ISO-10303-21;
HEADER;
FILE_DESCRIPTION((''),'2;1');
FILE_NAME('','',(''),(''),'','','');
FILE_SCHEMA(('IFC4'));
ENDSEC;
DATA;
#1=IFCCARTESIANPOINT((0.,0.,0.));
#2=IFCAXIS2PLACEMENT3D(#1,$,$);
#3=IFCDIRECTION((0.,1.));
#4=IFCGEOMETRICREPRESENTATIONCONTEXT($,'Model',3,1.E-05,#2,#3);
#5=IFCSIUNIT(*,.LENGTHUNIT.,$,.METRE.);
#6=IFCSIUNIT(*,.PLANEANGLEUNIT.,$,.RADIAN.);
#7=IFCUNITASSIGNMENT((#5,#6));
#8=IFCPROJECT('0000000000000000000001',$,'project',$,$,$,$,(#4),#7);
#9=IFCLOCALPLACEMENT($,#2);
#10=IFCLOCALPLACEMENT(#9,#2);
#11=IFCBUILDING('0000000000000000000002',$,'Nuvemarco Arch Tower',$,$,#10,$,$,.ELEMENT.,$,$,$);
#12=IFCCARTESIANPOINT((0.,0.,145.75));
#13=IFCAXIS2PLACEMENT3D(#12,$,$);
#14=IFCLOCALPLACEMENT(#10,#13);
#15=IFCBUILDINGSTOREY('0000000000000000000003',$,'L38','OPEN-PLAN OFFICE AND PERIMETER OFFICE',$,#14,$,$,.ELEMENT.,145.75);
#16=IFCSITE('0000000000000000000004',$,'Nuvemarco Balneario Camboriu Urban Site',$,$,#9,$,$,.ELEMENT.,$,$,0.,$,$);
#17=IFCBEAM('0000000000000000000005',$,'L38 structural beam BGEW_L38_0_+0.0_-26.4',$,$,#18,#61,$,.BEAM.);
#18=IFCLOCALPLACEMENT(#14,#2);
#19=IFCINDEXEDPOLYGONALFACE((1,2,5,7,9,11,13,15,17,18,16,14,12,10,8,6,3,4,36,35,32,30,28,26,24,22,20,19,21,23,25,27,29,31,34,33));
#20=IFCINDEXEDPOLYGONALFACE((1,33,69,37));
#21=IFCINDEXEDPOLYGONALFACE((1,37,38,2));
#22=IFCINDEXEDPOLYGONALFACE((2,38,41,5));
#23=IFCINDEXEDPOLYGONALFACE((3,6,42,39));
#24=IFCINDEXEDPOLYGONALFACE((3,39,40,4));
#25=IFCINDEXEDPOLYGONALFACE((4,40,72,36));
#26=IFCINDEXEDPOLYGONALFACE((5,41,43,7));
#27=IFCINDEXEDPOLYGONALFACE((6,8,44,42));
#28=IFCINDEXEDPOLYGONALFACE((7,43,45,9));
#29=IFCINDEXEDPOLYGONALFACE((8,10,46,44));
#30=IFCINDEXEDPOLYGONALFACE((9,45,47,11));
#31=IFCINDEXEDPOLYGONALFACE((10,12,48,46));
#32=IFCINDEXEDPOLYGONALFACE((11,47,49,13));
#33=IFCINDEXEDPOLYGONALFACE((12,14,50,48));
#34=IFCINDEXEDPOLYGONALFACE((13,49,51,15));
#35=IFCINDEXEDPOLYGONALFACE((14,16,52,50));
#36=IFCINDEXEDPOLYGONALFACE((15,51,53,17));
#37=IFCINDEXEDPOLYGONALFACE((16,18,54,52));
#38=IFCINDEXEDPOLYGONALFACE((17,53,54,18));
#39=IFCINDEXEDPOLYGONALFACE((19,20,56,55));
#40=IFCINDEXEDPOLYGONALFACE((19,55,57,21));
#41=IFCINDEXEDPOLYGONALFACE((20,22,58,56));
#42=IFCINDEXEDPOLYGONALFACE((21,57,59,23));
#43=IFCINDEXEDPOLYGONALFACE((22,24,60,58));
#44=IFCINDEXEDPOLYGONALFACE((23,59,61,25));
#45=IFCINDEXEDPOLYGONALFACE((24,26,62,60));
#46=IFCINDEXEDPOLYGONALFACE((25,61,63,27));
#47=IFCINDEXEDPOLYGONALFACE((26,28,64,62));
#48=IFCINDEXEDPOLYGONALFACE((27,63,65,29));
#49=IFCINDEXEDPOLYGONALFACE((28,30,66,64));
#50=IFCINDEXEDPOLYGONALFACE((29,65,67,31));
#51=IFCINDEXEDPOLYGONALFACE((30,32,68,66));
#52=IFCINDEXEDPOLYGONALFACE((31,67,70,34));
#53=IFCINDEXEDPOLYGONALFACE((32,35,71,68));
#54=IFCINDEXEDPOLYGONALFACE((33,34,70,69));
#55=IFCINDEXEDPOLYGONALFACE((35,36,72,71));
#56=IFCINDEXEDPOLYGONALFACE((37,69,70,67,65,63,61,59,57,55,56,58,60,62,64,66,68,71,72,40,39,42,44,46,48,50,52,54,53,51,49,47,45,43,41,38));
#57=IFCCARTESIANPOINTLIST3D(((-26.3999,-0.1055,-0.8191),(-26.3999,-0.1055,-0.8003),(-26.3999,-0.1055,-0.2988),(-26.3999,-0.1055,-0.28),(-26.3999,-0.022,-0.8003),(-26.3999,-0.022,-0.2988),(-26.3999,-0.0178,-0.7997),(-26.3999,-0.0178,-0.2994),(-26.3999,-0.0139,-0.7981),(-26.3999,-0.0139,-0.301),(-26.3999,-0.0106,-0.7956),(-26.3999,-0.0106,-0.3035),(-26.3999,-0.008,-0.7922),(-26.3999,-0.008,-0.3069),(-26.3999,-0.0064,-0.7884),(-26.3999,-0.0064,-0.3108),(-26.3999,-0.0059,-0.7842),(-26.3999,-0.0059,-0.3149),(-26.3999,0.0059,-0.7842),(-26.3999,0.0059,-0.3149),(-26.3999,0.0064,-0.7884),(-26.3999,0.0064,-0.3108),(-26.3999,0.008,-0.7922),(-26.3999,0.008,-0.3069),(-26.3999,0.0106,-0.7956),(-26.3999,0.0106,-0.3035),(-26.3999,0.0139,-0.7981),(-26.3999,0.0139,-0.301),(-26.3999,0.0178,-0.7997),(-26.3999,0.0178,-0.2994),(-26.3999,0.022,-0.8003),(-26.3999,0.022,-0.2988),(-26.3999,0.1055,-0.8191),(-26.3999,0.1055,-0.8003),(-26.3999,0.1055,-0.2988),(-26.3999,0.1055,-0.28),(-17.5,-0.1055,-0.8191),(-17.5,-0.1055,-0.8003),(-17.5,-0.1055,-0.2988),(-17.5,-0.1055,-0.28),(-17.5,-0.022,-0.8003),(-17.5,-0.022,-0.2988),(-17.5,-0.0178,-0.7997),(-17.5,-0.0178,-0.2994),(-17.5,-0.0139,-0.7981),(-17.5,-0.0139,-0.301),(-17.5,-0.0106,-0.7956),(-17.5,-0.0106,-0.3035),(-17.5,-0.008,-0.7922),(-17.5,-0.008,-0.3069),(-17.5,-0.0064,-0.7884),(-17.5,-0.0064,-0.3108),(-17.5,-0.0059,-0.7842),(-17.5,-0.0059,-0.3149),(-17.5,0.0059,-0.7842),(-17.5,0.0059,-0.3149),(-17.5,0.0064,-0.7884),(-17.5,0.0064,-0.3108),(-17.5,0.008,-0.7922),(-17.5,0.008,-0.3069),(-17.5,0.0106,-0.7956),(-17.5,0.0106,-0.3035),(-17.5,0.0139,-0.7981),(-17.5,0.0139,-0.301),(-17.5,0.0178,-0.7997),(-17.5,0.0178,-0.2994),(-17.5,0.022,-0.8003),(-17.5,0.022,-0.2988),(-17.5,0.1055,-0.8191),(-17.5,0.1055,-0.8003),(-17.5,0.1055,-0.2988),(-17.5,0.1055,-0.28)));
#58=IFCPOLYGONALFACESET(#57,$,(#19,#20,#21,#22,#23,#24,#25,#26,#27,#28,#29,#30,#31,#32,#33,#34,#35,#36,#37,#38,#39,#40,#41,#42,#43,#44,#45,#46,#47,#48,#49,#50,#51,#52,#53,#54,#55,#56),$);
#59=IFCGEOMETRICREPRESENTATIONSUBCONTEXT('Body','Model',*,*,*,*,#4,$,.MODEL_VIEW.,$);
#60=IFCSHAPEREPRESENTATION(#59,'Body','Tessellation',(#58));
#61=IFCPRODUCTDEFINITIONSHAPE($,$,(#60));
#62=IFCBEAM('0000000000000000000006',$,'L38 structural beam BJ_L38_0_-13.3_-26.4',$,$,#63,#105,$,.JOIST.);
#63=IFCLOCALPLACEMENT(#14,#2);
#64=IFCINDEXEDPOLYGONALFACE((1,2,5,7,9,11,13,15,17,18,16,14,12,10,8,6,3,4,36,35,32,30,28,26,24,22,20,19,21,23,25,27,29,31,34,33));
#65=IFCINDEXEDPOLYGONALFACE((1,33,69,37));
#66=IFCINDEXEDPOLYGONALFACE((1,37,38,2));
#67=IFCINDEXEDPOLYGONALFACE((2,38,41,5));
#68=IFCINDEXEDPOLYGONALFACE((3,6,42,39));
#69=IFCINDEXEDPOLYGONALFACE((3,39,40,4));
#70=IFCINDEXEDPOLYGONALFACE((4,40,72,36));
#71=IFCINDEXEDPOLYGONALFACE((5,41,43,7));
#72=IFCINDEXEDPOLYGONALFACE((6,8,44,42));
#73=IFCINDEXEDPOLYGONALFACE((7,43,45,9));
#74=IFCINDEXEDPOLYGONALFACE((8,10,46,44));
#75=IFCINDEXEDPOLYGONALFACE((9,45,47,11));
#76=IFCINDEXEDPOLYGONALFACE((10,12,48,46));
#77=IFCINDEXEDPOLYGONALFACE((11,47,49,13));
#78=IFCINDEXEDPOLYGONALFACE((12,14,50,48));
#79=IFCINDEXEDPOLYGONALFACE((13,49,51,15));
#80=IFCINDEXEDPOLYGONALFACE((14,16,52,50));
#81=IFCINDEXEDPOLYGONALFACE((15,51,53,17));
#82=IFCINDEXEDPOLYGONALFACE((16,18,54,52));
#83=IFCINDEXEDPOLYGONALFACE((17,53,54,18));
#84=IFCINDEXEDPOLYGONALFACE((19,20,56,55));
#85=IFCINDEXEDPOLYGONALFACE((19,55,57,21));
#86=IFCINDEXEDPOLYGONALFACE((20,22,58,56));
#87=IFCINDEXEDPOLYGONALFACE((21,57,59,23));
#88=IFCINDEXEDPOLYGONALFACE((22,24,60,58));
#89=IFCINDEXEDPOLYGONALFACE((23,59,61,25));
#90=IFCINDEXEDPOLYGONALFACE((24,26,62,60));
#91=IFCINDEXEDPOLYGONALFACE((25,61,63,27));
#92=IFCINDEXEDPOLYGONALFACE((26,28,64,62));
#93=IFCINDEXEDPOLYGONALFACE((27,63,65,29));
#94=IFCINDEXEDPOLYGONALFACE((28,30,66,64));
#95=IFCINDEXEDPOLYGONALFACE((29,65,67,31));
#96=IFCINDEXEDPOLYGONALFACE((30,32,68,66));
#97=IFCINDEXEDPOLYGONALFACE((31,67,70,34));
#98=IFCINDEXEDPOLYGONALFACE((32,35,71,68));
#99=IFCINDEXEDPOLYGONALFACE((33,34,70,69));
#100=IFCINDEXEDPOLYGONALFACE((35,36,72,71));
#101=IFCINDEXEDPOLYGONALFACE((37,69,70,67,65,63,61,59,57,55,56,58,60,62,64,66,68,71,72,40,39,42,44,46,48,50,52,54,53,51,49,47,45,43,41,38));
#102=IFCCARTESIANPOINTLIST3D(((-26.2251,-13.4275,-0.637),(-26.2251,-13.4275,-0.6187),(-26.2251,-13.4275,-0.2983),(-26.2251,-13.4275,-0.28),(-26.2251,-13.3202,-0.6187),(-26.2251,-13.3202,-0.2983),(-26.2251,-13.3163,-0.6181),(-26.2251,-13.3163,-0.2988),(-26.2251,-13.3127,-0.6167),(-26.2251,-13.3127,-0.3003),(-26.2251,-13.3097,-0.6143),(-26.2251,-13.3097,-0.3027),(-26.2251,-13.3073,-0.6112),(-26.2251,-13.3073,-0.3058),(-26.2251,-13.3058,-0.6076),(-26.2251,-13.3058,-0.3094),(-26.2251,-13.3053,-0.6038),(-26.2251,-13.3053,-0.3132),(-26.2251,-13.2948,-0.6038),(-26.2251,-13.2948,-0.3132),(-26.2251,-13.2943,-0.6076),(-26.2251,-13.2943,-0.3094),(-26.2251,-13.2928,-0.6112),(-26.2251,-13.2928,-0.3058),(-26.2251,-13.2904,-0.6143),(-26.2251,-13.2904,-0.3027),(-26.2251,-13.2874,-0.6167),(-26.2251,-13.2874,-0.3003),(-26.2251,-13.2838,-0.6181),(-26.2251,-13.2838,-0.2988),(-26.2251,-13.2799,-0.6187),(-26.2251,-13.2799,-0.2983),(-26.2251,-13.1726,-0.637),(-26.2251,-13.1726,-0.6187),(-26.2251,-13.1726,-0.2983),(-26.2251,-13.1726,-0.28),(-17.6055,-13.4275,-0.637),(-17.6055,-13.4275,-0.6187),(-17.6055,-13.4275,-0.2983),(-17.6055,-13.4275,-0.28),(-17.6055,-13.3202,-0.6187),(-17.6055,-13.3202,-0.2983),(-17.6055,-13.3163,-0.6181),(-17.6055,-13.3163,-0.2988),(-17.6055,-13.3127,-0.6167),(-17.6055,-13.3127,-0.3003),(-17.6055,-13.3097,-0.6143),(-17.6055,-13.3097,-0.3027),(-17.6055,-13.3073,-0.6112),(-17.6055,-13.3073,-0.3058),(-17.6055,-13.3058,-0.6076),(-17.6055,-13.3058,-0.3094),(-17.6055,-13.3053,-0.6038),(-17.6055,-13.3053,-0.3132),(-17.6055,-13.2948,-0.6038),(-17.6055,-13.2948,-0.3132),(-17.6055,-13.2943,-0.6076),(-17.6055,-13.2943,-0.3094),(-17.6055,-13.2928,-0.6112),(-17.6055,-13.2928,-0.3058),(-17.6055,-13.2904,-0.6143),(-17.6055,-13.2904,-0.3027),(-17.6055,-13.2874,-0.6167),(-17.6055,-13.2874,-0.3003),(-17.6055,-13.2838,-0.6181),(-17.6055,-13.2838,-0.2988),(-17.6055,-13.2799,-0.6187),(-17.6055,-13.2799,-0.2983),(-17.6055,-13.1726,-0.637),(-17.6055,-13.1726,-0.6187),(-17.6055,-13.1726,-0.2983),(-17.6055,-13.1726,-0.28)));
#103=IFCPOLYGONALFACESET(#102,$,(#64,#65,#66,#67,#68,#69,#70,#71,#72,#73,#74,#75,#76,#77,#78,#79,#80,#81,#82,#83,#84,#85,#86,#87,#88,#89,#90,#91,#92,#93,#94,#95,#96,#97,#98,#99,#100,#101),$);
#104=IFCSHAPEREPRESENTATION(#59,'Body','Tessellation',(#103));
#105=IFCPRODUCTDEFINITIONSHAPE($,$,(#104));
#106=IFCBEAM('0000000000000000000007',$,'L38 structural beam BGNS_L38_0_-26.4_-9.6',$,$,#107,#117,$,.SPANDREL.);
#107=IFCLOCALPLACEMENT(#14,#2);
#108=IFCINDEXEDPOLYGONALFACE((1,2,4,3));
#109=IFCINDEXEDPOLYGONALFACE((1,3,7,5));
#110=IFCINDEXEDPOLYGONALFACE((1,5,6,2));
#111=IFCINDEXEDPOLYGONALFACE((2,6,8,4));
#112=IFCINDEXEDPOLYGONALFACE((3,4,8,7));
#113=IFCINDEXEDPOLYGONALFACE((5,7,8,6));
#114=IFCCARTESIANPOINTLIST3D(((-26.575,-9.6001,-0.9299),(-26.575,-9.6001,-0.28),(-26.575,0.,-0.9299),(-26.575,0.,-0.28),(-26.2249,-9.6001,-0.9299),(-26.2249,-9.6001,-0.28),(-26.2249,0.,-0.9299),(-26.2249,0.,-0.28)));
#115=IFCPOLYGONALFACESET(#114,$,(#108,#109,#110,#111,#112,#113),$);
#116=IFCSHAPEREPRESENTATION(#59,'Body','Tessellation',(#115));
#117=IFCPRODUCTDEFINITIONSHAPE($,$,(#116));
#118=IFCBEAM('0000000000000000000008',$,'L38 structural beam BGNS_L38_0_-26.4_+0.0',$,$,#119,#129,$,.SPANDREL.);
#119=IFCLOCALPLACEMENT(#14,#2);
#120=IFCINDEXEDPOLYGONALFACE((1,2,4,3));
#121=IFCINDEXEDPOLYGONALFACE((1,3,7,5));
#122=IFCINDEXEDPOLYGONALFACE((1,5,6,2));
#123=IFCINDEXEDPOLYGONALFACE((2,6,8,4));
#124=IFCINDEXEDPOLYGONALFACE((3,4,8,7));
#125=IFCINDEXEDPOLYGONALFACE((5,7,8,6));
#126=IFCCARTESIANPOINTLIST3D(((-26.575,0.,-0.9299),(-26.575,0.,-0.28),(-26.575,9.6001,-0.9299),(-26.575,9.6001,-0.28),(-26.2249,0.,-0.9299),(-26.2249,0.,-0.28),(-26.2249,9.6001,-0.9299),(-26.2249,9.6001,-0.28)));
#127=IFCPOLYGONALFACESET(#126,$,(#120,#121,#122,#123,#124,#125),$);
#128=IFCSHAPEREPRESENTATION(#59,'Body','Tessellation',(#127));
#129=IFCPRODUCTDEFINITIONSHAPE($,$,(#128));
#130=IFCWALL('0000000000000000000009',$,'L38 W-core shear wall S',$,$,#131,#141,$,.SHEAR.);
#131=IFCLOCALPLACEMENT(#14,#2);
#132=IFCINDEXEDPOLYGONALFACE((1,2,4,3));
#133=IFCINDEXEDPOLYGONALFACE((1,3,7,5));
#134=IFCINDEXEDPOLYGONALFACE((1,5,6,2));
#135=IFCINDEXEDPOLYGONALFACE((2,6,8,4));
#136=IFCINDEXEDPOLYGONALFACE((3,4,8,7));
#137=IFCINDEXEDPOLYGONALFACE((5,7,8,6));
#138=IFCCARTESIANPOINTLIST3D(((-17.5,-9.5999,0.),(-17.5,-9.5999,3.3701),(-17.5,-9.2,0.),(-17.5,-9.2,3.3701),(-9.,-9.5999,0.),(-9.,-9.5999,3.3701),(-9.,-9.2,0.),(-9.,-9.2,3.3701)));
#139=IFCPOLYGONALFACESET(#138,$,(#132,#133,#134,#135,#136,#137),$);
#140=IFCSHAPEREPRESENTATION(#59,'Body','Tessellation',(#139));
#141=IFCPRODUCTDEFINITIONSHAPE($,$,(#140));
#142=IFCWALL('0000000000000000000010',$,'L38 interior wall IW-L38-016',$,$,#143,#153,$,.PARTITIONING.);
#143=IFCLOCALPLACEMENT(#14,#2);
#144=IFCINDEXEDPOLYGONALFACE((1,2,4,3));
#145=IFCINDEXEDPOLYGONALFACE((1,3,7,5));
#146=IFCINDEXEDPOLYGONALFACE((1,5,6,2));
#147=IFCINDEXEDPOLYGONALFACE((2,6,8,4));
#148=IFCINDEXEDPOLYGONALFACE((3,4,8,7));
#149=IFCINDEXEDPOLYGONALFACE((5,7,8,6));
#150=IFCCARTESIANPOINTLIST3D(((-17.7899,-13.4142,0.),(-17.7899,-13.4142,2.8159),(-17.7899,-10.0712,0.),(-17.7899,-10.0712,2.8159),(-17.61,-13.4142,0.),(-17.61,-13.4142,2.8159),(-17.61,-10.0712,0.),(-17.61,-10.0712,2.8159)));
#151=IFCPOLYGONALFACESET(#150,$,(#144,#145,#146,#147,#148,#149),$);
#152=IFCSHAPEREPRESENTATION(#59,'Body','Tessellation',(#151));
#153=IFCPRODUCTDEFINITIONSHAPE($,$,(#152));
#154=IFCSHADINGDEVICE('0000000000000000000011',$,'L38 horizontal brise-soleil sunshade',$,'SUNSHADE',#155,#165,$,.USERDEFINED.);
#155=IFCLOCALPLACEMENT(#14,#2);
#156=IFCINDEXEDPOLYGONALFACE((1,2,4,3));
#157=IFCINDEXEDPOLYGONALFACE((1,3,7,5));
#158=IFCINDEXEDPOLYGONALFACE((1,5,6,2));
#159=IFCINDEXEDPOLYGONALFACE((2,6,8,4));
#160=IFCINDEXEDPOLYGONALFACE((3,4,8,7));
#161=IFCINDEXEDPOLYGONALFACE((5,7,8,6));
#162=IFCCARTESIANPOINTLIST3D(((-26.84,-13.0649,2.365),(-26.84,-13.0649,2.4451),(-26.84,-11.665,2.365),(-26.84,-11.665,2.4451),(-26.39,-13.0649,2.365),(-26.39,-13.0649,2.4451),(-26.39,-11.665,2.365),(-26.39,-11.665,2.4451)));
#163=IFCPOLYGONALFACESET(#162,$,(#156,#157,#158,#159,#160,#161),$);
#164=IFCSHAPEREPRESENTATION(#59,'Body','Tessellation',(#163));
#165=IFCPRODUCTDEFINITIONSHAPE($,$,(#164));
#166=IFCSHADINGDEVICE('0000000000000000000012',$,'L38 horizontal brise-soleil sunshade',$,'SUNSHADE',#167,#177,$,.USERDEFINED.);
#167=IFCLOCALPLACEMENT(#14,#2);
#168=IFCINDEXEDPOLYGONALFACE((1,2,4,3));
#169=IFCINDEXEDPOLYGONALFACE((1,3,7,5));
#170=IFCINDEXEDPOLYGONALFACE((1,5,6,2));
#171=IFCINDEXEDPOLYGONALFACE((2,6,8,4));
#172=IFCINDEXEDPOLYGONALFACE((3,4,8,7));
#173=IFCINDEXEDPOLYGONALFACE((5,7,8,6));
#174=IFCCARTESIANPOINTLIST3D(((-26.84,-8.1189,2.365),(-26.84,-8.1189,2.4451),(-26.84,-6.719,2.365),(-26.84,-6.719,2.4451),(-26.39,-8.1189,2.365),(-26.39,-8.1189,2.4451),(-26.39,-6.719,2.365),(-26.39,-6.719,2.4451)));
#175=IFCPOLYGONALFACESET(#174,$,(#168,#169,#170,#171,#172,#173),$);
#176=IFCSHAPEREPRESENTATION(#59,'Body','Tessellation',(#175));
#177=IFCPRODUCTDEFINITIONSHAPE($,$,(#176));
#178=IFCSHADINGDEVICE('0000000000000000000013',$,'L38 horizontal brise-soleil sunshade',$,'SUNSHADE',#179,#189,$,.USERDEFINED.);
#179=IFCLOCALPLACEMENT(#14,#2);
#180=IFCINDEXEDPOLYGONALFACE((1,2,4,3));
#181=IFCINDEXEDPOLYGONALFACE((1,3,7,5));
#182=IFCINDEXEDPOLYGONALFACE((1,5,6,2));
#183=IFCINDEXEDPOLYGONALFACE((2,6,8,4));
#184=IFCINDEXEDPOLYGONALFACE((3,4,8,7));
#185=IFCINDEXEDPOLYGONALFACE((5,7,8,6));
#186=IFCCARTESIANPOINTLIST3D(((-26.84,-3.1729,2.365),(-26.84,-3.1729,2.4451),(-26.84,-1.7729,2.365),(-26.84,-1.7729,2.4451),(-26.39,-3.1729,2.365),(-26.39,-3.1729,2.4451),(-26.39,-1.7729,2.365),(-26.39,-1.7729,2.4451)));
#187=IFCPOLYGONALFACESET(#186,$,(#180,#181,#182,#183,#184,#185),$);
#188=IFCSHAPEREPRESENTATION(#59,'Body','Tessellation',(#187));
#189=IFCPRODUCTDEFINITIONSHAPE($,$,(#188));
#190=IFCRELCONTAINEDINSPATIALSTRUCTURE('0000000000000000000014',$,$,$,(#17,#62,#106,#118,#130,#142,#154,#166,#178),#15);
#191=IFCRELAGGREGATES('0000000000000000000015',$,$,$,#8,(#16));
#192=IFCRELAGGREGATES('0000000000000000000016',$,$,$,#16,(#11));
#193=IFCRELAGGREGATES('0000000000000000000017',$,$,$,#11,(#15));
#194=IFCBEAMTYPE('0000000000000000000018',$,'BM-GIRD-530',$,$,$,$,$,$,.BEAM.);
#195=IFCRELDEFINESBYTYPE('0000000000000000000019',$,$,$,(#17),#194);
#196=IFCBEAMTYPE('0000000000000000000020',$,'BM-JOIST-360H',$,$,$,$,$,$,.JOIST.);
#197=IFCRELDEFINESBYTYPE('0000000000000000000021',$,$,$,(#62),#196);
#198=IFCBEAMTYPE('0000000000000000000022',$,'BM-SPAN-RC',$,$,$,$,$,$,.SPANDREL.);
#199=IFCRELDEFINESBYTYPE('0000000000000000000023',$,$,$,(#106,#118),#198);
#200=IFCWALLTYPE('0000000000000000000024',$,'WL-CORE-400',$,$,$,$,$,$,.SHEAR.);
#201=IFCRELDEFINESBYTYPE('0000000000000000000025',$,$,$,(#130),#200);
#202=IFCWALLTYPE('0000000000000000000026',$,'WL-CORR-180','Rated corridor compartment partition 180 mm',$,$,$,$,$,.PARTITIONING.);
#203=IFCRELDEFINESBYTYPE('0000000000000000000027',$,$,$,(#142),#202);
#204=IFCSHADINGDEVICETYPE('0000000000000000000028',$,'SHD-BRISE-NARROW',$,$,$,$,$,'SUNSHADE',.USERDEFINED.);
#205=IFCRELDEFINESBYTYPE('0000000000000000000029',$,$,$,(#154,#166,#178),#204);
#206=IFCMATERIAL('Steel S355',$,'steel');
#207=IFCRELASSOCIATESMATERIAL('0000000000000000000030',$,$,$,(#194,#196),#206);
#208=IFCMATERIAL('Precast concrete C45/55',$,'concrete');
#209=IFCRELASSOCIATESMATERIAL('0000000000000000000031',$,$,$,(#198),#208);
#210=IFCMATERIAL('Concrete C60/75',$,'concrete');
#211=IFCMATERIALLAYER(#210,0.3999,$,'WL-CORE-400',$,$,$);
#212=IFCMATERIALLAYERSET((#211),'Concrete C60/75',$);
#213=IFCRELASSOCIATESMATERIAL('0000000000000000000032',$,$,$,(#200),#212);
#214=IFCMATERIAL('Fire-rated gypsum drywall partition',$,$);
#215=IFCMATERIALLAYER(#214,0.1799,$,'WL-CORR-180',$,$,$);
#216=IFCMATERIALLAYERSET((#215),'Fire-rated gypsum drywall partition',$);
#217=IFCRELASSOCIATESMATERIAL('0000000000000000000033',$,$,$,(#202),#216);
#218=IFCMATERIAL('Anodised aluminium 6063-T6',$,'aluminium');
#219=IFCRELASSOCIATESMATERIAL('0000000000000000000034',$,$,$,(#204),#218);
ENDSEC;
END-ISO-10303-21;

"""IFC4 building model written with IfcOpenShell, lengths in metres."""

from ifc_helpers import new_model, si_unit, direction, frame, frame_2d, origin, origin_2d, place, context, subcontext, project, spatial, rectangle, i_section, extrude, source, transform, mapped, material, layer, layer_set, material_profile, profile_set, type_object, type_shapes, element, save


model = new_model("IFC4")

# Units and contexts
model_context = context("Model", 3, precision=1e-05, world=origin(), true_north=direction((0.0, 1.0)))
body_context = subcontext(model_context, "Body", "Model", "MODEL_VIEW")
ifc_project = project(units=[si_unit("LENGTHUNIT", "METRE"), si_unit("PLANEANGLEUNIT", "RADIAN")], contexts=[model_context])

# Site, building, storey
site_placement = place(None, origin())
site = spatial("IfcSite", under=ifc_project, at=site_placement, Name="Nuvemarco Balneario Camboriu Urban Site", CompositionType="ELEMENT", RefElevation=0.0)
building_placement = place(site_placement, origin())
building = spatial("IfcBuilding", under=site, at=building_placement, Name="Nuvemarco Arch Tower", CompositionType="ELEMENT")
storey_placement = place(building_placement, frame((0.0, 0.0, 145.75)))
storey = spatial("IfcBuildingStorey", under=building, at=storey_placement, Name="L38", Description="OPEN-PLAN OFFICE AND PERIMETER OFFICE", CompositionType="ELEMENT", Elevation=145.75)

# Shared definitions
ifc_material_1 = material(Name="Steel S355", Category="steel")

# Beams
ifc_material_profile_1 = material_profile(ifc_material_1, i_section(OverallWidth=0.2109, OverallDepth=0.5391, WebThickness=0.0117, FlangeThickness=0.0188, FilletRadius=0.0161, at=origin_2d()), Name="W530x109")
ifc_profile_set_1 = profile_set([ifc_material_profile_1], Name="Steel S355")
beam_type_1 = type_object("IfcBeamType", Name="BM-GIRD-530", PredefinedType="BEAM", material=ifc_profile_set_1)
beam_1_placement = place(storey_placement, frame((-26.3999, 0.0, -0.5496), z_axis=(1.0, 0.0, 0.0), x_axis=(0.0, 1.0, 0.0)))
element("IfcBeam", 1, at=beam_1_placement, inside=storey, type_object=beam_type_1, Name="L38 structural beam BGEW_L38_0_+0.0_-26.4", PredefinedType="BEAM", context=body_context, shape_type="SweptSolid", body=[
    extrude(i_section(OverallWidth=0.2109, OverallDepth=0.5391, WebThickness=0.0117, FlangeThickness=0.0188, FilletRadius=0.0161, at=origin_2d()), origin(), (0.0, 0.0, 1.0), 8.8999),
])
ifc_material_profile_2 = material_profile(ifc_material_1, i_section(OverallWidth=0.2549, OverallDepth=0.3569, WebThickness=0.0105, FlangeThickness=0.0183, FilletRadius=0.0149, at=origin_2d()), Name="W360x101")
ifc_profile_set_2 = profile_set([ifc_material_profile_2], Name="Steel S355")
beam_type_2 = type_object("IfcBeamType", Name="BM-JOIST-360H", PredefinedType="JOIST", material=ifc_profile_set_2)
beam_2_placement = place(storey_placement, frame((-26.2251, -13.3, -0.4585), z_axis=(1.0, 0.0, 0.0), x_axis=(0.0, 1.0, 0.0)))
element("IfcBeam", 2, at=beam_2_placement, inside=storey, type_object=beam_type_2, Name="L38 structural beam BJ_L38_0_-13.3_-26.4", PredefinedType="JOIST", context=body_context, shape_type="SweptSolid", body=[
    extrude(i_section(OverallWidth=0.2549, OverallDepth=0.3569, WebThickness=0.0105, FlangeThickness=0.0183, FilletRadius=0.0149, at=origin_2d()), origin(), (0.0, 0.0, 1.0), 8.6196),
])
ifc_material_2 = material(Name="Precast concrete C45/55", Category="concrete")
ifc_material_profile_3 = material_profile(ifc_material_2, rectangle(XDim=0.3501, YDim=0.6499, at=origin_2d()), Name="PC-SP-350x650")
ifc_profile_set_3 = profile_set([ifc_material_profile_3], Name="Precast concrete C45/55")
beam_type_3 = type_object("IfcBeamType", Name="BM-SPAN-RC", PredefinedType="SPANDREL", material=ifc_profile_set_3)
for number, where, z_axis, x_axis, name in (
    (3, (-26.3999, -9.6001, -0.605), (0.0, 1.0, 0.0), (-1.0, 0.0, 0.0), "L38 structural beam BGNS_L38_0_-26.4_-9.6"),
    (4, (-26.3999, 0.0, -0.605), (0.0, 1.0, 0.0), (-1.0, 0.0, 0.0), "L38 structural beam BGNS_L38_0_-26.4_+0.0"),
):
    element("IfcBeam", number, at=place(storey_placement, frame(where, z_axis=z_axis, x_axis=x_axis)), inside=storey, type_object=beam_type_3, Name=name, PredefinedType="SPANDREL", context=body_context, shape_type="SweptSolid", body=[
        extrude(rectangle(XDim=0.3501, YDim=0.6499, at=origin_2d()), origin(), (0.0, 0.0, 1.0), 9.6001),
    ])

# Walls
ifc_material_3 = material(Name="Concrete C60/75", Category="concrete")
ifc_layer_1 = layer(ifc_material_3, 0.3999, Name="WL-CORE-400")
ifc_layer_set_1 = layer_set([ifc_layer_1], Name="Concrete C60/75")
wall_type_1 = type_object("IfcWallType", Name="WL-CORE-400", PredefinedType="SHEAR", material=ifc_layer_set_1)
wall_1_placement = place(storey_placement, frame((-17.5, -9.3999, 0.0), z_axis=(0.0, 0.0, 1.0), x_axis=(1.0, 0.0, 0.0)))
element("IfcWall", 5, at=wall_1_placement, inside=storey, type_object=wall_type_1, Name="L38 W-core shear wall S", PredefinedType="SHEAR", context=body_context, shape_type="SweptSolid", body=[
    extrude(rectangle(XDim=8.5, YDim=0.3999, at=frame_2d((4.25, 0.0))), origin(), (0.0, 0.0, 1.0), 3.3701),
])
ifc_material_4 = material(Name="Fire-rated gypsum drywall partition")
ifc_layer_2 = layer(ifc_material_4, 0.1799, Name="WL-CORR-180")
ifc_layer_set_2 = layer_set([ifc_layer_2], Name="Fire-rated gypsum drywall partition")
wall_type_2 = type_object("IfcWallType", Name="WL-CORR-180", Description="Rated corridor compartment partition 180 mm", PredefinedType="PARTITIONING", material=ifc_layer_set_2)
wall_2_placement = place(storey_placement, frame((-17.7, -13.4141, 0.0), z_axis=(0.0, 0.0, 1.0), x_axis=(0.0, 1.0, 0.0)))
element("IfcWall", 6, at=wall_2_placement, inside=storey, type_object=wall_type_2, Name="L38 interior wall IW-L38-016", PredefinedType="PARTITIONING", context=body_context, shape_type="SweptSolid", body=[
    extrude(rectangle(XDim=3.343, YDim=0.1799, at=frame_2d((1.6714, 0.0))), origin(), (0.0, 0.0, 1.0), 2.8159),
])

# Shading devices
ifc_material_5 = material(Name="Anodised aluminium 6063-T6", Category="aluminium")
shading_device_type = type_object("IfcShadingDeviceType", Name="SHD-BRISE-NARROW", ElementType="SUNSHADE", PredefinedType="USERDEFINED", material=ifc_material_5)
shared_shape = source(origin(), body_context, "Body", "SweptSolid", [
    extrude(rectangle(XDim=1.3999, YDim=0.45, at=origin_2d()), origin(), (0.0, 0.0, 1.0), 0.0801),
])
type_shapes(shading_device_type, [shared_shape])
for number, where, z_axis, x_axis, name in (
    (7, (-26.615, -12.365, 2.365), (0.0, 0.0, 1.0), (0.0, 1.0, 0.0), "L38 horizontal brise-soleil sunshade"),
    (8, (-26.615, -7.4189, 2.365), (0.0, 0.0, 1.0), (0.0, 1.0, 0.0), "L38 horizontal brise-soleil sunshade"),
    (9, (-26.615, -2.4729, 2.365), (0.0, 0.0, 1.0), (0.0, 1.0, 0.0), "L38 horizontal brise-soleil sunshade"),
):
    element("IfcShadingDevice", number, at=place(storey_placement, frame(where, z_axis=z_axis, x_axis=x_axis)), inside=storey, type_object=shading_device_type, Name=name, ObjectType="SUNSHADE", PredefinedType="USERDEFINED", context=body_context, shape_type="MappedRepresentation", body=[
        mapped(shared_shape, transform((0.0, 0.0, 0.0), scale=1.0)),
    ])

save(model, "model.ifc")
